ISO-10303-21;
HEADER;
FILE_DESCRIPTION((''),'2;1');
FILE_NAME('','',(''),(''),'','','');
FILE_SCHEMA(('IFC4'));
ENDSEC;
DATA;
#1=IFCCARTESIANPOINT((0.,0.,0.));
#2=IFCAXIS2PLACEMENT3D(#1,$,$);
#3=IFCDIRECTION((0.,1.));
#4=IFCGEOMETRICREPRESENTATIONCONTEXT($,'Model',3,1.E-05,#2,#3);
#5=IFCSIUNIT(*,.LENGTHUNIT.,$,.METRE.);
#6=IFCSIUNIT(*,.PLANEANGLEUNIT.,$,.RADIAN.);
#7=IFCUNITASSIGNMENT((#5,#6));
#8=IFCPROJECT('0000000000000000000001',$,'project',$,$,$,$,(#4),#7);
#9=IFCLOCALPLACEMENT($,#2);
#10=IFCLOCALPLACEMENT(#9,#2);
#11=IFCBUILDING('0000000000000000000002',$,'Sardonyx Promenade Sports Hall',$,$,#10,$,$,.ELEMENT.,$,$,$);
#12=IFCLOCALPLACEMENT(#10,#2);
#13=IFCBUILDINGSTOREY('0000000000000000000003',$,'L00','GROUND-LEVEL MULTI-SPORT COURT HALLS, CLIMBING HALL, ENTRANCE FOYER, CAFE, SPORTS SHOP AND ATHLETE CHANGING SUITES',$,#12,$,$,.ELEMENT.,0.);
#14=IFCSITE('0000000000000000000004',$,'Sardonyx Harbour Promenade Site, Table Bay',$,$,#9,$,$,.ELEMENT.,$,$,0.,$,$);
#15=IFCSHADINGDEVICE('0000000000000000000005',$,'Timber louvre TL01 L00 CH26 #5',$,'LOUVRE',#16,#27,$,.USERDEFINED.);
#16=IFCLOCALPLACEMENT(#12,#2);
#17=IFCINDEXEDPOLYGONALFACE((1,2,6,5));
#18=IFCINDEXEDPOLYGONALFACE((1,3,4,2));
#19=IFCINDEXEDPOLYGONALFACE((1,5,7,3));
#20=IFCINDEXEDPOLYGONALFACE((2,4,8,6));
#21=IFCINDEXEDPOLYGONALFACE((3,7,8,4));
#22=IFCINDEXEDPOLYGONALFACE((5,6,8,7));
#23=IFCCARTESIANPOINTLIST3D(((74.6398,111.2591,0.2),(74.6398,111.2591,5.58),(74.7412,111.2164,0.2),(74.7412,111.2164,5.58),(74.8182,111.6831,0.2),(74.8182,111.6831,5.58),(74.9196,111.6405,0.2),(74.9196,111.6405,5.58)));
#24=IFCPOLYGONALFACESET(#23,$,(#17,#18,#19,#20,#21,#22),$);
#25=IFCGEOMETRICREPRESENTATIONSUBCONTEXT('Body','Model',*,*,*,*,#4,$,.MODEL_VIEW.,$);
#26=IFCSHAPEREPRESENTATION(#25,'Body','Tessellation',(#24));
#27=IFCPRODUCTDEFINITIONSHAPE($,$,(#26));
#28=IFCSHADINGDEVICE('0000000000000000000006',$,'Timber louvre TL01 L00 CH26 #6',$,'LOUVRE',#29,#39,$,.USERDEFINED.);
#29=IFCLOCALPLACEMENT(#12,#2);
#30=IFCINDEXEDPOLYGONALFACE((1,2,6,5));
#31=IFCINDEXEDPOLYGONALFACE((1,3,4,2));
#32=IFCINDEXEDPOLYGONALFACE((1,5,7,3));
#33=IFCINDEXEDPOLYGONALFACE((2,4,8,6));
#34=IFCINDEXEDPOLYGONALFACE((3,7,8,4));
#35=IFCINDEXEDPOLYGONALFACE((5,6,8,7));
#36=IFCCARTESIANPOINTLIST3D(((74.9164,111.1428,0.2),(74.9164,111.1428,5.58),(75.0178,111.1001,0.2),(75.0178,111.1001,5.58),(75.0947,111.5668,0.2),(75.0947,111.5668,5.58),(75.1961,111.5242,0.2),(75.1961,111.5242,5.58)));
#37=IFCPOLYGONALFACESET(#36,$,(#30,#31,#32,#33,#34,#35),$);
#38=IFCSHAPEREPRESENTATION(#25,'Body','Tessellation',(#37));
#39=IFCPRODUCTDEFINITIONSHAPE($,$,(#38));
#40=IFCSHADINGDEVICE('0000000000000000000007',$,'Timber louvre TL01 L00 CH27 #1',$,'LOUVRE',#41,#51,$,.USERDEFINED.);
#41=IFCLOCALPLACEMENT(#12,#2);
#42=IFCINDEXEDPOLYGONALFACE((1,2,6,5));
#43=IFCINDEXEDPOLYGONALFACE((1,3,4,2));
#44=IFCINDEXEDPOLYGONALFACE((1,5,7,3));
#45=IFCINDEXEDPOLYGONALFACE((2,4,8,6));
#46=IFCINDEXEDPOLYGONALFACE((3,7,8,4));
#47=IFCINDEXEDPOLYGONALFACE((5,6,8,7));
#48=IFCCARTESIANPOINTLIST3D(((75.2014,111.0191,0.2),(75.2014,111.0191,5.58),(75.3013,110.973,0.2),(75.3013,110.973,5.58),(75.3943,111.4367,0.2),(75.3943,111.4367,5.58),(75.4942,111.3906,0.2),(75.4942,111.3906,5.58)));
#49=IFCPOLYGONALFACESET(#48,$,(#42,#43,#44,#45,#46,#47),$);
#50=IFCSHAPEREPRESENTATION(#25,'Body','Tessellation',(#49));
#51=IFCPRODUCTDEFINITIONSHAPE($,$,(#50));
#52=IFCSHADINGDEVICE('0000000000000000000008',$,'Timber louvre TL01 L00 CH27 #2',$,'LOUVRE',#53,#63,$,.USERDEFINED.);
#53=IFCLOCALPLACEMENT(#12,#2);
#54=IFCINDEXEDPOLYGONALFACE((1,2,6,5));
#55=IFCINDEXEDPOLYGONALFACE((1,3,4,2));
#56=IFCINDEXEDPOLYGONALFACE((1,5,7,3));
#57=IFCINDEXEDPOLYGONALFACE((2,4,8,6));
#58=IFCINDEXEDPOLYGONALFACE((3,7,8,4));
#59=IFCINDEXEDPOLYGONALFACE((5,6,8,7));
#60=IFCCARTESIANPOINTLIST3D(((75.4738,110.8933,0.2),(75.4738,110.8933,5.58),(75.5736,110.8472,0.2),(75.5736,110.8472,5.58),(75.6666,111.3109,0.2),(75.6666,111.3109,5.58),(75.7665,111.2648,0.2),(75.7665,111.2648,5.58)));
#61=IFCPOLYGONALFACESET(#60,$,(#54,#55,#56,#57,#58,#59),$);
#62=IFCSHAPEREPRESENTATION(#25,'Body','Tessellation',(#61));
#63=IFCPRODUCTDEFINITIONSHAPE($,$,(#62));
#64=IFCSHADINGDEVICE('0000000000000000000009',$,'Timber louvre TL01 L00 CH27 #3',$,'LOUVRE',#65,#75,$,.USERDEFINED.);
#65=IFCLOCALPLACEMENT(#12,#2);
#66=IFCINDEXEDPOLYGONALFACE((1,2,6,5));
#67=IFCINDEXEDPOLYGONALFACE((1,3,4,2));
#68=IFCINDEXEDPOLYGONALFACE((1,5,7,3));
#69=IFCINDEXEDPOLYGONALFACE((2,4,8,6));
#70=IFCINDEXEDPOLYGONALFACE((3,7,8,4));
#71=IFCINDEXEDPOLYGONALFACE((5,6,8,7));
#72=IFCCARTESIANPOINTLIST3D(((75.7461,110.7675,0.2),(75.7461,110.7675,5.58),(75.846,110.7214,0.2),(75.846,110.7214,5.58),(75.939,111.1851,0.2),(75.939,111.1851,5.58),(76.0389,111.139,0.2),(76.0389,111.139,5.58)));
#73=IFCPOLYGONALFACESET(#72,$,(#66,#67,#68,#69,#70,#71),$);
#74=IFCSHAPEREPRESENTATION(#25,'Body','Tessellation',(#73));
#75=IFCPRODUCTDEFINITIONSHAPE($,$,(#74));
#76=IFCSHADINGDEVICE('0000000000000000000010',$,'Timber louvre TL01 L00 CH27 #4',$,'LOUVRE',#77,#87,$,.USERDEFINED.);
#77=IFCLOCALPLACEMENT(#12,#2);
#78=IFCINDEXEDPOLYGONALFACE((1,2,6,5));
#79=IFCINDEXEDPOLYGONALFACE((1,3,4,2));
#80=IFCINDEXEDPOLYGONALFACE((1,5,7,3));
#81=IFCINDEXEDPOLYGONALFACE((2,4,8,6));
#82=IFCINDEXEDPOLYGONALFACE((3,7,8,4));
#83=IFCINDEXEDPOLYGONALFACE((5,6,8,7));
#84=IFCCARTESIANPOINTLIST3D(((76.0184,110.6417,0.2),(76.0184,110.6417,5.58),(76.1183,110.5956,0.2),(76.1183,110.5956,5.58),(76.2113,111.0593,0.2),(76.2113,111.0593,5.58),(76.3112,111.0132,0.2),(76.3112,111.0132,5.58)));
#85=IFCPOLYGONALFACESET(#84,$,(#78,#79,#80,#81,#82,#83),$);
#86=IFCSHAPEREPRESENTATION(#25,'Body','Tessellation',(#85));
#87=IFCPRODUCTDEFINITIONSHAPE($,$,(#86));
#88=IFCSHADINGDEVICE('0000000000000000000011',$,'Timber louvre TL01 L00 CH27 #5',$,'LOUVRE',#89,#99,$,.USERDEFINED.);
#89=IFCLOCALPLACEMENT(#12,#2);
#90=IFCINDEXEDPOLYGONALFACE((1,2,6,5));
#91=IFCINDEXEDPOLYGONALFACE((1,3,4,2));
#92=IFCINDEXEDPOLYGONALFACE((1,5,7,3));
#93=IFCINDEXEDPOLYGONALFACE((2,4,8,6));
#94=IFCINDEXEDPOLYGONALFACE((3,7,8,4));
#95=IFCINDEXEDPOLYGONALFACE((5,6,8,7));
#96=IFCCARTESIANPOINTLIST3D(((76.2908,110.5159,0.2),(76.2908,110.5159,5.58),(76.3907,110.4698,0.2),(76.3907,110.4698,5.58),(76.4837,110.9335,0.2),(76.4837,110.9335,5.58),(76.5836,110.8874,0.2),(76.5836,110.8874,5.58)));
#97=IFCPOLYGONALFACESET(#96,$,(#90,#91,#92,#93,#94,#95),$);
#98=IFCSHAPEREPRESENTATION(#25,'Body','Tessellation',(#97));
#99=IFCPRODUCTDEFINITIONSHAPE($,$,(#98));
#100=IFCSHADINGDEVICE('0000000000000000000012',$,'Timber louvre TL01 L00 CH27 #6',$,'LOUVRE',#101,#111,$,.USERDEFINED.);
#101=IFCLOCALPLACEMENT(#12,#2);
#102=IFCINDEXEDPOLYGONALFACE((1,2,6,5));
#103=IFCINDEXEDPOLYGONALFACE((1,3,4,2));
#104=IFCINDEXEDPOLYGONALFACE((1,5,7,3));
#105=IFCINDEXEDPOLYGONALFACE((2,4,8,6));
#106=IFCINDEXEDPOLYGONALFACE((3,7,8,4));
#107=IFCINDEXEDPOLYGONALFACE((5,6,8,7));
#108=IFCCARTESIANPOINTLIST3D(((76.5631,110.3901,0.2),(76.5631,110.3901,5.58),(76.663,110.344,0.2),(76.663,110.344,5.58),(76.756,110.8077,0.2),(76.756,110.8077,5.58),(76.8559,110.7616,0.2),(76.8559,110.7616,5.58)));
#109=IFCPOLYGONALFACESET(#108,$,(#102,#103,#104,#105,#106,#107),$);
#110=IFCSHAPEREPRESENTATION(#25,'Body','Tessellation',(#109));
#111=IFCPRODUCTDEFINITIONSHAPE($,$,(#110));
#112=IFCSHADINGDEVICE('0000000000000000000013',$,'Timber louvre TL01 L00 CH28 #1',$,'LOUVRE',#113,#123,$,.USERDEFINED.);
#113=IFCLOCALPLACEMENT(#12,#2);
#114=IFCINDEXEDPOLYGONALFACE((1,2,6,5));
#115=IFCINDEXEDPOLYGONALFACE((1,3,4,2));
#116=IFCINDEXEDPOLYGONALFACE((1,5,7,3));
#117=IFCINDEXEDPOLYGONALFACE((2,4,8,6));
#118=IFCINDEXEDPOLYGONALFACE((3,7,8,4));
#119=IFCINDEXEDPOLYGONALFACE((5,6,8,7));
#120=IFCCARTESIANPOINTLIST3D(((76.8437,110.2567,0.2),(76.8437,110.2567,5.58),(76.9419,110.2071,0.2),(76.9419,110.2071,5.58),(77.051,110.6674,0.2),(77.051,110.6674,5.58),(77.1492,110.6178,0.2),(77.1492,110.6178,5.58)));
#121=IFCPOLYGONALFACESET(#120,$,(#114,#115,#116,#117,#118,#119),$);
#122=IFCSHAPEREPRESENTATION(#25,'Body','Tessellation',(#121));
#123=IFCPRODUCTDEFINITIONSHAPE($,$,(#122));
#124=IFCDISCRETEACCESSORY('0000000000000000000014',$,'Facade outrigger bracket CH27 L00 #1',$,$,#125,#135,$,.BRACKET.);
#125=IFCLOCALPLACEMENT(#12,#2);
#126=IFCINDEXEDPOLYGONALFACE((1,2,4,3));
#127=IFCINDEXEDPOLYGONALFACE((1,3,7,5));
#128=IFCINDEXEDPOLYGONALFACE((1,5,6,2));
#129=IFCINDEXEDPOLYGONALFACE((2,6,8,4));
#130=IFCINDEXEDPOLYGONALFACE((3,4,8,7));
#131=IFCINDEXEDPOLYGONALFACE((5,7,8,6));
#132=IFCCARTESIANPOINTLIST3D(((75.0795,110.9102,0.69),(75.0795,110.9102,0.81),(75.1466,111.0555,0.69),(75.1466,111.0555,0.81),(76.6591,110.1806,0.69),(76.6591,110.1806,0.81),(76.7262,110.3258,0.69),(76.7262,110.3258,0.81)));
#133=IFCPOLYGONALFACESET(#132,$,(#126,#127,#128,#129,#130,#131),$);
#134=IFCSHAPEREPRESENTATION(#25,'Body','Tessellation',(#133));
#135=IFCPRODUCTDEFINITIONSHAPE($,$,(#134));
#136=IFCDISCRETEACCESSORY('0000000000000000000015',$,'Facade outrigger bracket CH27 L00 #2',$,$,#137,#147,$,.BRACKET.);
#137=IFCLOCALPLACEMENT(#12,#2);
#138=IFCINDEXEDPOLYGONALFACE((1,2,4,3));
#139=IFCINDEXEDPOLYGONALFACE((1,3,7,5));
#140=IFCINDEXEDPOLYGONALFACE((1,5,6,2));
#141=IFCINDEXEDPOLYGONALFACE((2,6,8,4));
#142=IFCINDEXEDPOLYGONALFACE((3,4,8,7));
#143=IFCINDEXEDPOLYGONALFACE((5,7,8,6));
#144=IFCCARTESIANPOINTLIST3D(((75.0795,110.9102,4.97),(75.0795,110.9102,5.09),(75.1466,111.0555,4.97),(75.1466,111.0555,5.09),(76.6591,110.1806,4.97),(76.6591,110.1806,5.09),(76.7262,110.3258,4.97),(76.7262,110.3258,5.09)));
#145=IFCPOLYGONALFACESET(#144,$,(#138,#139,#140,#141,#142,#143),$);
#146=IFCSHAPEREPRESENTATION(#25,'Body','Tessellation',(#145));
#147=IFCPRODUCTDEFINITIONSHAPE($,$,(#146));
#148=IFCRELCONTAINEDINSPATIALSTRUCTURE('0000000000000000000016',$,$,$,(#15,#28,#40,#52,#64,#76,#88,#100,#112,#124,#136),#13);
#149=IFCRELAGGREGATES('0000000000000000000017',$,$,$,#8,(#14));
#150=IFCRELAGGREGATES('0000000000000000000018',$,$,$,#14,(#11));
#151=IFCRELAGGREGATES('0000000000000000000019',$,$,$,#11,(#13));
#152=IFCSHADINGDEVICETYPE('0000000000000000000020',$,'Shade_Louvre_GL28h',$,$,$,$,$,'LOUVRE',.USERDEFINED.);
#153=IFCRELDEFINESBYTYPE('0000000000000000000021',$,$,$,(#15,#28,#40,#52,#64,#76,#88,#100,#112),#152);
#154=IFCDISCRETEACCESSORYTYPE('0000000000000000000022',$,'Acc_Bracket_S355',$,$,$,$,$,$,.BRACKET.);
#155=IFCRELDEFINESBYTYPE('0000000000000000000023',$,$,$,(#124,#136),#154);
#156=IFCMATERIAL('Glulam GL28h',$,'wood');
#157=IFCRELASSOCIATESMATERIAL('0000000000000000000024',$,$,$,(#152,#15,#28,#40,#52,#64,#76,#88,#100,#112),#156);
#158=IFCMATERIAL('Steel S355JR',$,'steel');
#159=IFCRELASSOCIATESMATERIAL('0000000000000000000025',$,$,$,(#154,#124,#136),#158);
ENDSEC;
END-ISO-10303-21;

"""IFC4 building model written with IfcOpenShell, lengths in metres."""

from ifc_helpers import new_model, si_unit, direction, frame, origin, place, context, subcontext, project, spatial, rectangle, extrude, material, type_object, element, save


model = new_model("IFC4")

# Units and contexts
model_context = context("Model", 3, precision=1e-05, world=origin(), true_north=direction((0.0, 1.0)))
body_context = subcontext(model_context, "Body", "Model", "MODEL_VIEW")
ifc_project = project(units=[si_unit("LENGTHUNIT", "METRE"), si_unit("PLANEANGLEUNIT", "RADIAN")], contexts=[model_context])

# Site, building, storey
site_placement = place(None, origin())
site = spatial("IfcSite", under=ifc_project, at=site_placement, Name="Sardonyx Harbour Promenade Site, Table Bay", CompositionType="ELEMENT", RefElevation=0.0)
building_placement = place(site_placement, origin())
building = spatial("IfcBuilding", under=site, at=building_placement, Name="Sardonyx Promenade Sports Hall", CompositionType="ELEMENT")
storey_placement = place(building_placement, origin())
storey = spatial("IfcBuildingStorey", under=building, at=storey_placement, Name="L00", Description="GROUND-LEVEL MULTI-SPORT COURT HALLS, CLIMBING HALL, ENTRANCE FOYER, CAFE, SPORTS SHOP AND ATHLETE CHANGING SUITES", CompositionType="ELEMENT", Elevation=0.0)

# Shading devices
ifc_material_1 = material(Name="Glulam GL28h", Category="wood")
shading_device_type = type_object("IfcShadingDeviceType", Name="Shade_Louvre_GL28h", ElementType="LOUVRE", PredefinedType="USERDEFINED", material=ifc_material_1)
for number, where, z_axis, x_axis, name in (
    (1, (74.7797, 111.4498, 0.2), (0.0, 0.0, 1.0), (0.9218, -0.387665, 0.0), "Timber louvre TL01 L00 CH26 #5"),
    (2, (75.0562, 111.3335, 0.2), (0.0, 0.0, 1.0), (0.9218, -0.387665, 0.0), "Timber louvre TL01 L00 CH26 #6"),
    (3, (75.3478, 111.2049, 0.2), (0.0, 0.0, 1.0), (0.907831, -0.419336, 0.0), "Timber louvre TL01 L00 CH27 #1"),
    (4, (75.6201, 111.0791, 0.2), (0.0, 0.0, 1.0), (0.907831, -0.419336, 0.0), "Timber louvre TL01 L00 CH27 #2"),
    (5, (75.8925, 110.9533, 0.2), (0.0, 0.0, 1.0), (0.907831, -0.419336, 0.0), "Timber louvre TL01 L00 CH27 #3"),
    (6, (76.1648, 110.8275, 0.2), (0.0, 0.0, 1.0), (0.907831, -0.419336, 0.0), "Timber louvre TL01 L00 CH27 #4"),
    (7, (76.4372, 110.7017, 0.2), (0.0, 0.0, 1.0), (0.907831, -0.419336, 0.0), "Timber louvre TL01 L00 CH27 #5"),
    (8, (76.7095, 110.5759, 0.2), (0.0, 0.0, 1.0), (0.907831, -0.419336, 0.0), "Timber louvre TL01 L00 CH27 #6"),
    (9, (76.9964, 110.4373, 0.2), (0.0, 0.0, 1.0), (0.892774, -0.450505, 0.0), "Timber louvre TL01 L00 CH28 #1"),
):
    element("IfcShadingDevice", number, at=place(storey_placement, frame(where, z_axis=z_axis, x_axis=x_axis)), inside=storey, type_object=shading_device_type, material=ifc_material_1, Name=name, ObjectType="LOUVRE", PredefinedType="USERDEFINED", context=body_context, shape_type="SweptSolid", body=[
        extrude(rectangle(XDim=0.11, YDim=0.46), origin(), (0.0, 0.0, 1.0), 5.38),
    ])

# Discrete accessories
ifc_material_2 = material(Name="Steel S355JR", Category="steel")
discrete_accessory_type = type_object("IfcDiscreteAccessoryType", Name="Acc_Bracket_S355", PredefinedType="BRACKET", material=ifc_material_2)
for number, where, z_axis, x_axis, name in (
    (10, (75.9029, 110.618, 0.69), (0.0, 0.0, 1.0), (0.907831, -0.419336, 0.0), "Facade outrigger bracket CH27 L00 #1"),
    (11, (75.9029, 110.618, 4.97), (0.0, 0.0, 1.0), (0.907831, -0.419336, 0.0), "Facade outrigger bracket CH27 L00 #2"),
):
    element("IfcDiscreteAccessory", number, at=place(storey_placement, frame(where, z_axis=z_axis, x_axis=x_axis)), inside=storey, type_object=discrete_accessory_type, material=ifc_material_2, Name=name, PredefinedType="BRACKET", context=body_context, shape_type="SweptSolid", body=[
        extrude(rectangle(XDim=1.74, YDim=0.16), origin(), (0.0, 0.0, 1.0), 0.12),
    ])

save(model, "model.ifc")
